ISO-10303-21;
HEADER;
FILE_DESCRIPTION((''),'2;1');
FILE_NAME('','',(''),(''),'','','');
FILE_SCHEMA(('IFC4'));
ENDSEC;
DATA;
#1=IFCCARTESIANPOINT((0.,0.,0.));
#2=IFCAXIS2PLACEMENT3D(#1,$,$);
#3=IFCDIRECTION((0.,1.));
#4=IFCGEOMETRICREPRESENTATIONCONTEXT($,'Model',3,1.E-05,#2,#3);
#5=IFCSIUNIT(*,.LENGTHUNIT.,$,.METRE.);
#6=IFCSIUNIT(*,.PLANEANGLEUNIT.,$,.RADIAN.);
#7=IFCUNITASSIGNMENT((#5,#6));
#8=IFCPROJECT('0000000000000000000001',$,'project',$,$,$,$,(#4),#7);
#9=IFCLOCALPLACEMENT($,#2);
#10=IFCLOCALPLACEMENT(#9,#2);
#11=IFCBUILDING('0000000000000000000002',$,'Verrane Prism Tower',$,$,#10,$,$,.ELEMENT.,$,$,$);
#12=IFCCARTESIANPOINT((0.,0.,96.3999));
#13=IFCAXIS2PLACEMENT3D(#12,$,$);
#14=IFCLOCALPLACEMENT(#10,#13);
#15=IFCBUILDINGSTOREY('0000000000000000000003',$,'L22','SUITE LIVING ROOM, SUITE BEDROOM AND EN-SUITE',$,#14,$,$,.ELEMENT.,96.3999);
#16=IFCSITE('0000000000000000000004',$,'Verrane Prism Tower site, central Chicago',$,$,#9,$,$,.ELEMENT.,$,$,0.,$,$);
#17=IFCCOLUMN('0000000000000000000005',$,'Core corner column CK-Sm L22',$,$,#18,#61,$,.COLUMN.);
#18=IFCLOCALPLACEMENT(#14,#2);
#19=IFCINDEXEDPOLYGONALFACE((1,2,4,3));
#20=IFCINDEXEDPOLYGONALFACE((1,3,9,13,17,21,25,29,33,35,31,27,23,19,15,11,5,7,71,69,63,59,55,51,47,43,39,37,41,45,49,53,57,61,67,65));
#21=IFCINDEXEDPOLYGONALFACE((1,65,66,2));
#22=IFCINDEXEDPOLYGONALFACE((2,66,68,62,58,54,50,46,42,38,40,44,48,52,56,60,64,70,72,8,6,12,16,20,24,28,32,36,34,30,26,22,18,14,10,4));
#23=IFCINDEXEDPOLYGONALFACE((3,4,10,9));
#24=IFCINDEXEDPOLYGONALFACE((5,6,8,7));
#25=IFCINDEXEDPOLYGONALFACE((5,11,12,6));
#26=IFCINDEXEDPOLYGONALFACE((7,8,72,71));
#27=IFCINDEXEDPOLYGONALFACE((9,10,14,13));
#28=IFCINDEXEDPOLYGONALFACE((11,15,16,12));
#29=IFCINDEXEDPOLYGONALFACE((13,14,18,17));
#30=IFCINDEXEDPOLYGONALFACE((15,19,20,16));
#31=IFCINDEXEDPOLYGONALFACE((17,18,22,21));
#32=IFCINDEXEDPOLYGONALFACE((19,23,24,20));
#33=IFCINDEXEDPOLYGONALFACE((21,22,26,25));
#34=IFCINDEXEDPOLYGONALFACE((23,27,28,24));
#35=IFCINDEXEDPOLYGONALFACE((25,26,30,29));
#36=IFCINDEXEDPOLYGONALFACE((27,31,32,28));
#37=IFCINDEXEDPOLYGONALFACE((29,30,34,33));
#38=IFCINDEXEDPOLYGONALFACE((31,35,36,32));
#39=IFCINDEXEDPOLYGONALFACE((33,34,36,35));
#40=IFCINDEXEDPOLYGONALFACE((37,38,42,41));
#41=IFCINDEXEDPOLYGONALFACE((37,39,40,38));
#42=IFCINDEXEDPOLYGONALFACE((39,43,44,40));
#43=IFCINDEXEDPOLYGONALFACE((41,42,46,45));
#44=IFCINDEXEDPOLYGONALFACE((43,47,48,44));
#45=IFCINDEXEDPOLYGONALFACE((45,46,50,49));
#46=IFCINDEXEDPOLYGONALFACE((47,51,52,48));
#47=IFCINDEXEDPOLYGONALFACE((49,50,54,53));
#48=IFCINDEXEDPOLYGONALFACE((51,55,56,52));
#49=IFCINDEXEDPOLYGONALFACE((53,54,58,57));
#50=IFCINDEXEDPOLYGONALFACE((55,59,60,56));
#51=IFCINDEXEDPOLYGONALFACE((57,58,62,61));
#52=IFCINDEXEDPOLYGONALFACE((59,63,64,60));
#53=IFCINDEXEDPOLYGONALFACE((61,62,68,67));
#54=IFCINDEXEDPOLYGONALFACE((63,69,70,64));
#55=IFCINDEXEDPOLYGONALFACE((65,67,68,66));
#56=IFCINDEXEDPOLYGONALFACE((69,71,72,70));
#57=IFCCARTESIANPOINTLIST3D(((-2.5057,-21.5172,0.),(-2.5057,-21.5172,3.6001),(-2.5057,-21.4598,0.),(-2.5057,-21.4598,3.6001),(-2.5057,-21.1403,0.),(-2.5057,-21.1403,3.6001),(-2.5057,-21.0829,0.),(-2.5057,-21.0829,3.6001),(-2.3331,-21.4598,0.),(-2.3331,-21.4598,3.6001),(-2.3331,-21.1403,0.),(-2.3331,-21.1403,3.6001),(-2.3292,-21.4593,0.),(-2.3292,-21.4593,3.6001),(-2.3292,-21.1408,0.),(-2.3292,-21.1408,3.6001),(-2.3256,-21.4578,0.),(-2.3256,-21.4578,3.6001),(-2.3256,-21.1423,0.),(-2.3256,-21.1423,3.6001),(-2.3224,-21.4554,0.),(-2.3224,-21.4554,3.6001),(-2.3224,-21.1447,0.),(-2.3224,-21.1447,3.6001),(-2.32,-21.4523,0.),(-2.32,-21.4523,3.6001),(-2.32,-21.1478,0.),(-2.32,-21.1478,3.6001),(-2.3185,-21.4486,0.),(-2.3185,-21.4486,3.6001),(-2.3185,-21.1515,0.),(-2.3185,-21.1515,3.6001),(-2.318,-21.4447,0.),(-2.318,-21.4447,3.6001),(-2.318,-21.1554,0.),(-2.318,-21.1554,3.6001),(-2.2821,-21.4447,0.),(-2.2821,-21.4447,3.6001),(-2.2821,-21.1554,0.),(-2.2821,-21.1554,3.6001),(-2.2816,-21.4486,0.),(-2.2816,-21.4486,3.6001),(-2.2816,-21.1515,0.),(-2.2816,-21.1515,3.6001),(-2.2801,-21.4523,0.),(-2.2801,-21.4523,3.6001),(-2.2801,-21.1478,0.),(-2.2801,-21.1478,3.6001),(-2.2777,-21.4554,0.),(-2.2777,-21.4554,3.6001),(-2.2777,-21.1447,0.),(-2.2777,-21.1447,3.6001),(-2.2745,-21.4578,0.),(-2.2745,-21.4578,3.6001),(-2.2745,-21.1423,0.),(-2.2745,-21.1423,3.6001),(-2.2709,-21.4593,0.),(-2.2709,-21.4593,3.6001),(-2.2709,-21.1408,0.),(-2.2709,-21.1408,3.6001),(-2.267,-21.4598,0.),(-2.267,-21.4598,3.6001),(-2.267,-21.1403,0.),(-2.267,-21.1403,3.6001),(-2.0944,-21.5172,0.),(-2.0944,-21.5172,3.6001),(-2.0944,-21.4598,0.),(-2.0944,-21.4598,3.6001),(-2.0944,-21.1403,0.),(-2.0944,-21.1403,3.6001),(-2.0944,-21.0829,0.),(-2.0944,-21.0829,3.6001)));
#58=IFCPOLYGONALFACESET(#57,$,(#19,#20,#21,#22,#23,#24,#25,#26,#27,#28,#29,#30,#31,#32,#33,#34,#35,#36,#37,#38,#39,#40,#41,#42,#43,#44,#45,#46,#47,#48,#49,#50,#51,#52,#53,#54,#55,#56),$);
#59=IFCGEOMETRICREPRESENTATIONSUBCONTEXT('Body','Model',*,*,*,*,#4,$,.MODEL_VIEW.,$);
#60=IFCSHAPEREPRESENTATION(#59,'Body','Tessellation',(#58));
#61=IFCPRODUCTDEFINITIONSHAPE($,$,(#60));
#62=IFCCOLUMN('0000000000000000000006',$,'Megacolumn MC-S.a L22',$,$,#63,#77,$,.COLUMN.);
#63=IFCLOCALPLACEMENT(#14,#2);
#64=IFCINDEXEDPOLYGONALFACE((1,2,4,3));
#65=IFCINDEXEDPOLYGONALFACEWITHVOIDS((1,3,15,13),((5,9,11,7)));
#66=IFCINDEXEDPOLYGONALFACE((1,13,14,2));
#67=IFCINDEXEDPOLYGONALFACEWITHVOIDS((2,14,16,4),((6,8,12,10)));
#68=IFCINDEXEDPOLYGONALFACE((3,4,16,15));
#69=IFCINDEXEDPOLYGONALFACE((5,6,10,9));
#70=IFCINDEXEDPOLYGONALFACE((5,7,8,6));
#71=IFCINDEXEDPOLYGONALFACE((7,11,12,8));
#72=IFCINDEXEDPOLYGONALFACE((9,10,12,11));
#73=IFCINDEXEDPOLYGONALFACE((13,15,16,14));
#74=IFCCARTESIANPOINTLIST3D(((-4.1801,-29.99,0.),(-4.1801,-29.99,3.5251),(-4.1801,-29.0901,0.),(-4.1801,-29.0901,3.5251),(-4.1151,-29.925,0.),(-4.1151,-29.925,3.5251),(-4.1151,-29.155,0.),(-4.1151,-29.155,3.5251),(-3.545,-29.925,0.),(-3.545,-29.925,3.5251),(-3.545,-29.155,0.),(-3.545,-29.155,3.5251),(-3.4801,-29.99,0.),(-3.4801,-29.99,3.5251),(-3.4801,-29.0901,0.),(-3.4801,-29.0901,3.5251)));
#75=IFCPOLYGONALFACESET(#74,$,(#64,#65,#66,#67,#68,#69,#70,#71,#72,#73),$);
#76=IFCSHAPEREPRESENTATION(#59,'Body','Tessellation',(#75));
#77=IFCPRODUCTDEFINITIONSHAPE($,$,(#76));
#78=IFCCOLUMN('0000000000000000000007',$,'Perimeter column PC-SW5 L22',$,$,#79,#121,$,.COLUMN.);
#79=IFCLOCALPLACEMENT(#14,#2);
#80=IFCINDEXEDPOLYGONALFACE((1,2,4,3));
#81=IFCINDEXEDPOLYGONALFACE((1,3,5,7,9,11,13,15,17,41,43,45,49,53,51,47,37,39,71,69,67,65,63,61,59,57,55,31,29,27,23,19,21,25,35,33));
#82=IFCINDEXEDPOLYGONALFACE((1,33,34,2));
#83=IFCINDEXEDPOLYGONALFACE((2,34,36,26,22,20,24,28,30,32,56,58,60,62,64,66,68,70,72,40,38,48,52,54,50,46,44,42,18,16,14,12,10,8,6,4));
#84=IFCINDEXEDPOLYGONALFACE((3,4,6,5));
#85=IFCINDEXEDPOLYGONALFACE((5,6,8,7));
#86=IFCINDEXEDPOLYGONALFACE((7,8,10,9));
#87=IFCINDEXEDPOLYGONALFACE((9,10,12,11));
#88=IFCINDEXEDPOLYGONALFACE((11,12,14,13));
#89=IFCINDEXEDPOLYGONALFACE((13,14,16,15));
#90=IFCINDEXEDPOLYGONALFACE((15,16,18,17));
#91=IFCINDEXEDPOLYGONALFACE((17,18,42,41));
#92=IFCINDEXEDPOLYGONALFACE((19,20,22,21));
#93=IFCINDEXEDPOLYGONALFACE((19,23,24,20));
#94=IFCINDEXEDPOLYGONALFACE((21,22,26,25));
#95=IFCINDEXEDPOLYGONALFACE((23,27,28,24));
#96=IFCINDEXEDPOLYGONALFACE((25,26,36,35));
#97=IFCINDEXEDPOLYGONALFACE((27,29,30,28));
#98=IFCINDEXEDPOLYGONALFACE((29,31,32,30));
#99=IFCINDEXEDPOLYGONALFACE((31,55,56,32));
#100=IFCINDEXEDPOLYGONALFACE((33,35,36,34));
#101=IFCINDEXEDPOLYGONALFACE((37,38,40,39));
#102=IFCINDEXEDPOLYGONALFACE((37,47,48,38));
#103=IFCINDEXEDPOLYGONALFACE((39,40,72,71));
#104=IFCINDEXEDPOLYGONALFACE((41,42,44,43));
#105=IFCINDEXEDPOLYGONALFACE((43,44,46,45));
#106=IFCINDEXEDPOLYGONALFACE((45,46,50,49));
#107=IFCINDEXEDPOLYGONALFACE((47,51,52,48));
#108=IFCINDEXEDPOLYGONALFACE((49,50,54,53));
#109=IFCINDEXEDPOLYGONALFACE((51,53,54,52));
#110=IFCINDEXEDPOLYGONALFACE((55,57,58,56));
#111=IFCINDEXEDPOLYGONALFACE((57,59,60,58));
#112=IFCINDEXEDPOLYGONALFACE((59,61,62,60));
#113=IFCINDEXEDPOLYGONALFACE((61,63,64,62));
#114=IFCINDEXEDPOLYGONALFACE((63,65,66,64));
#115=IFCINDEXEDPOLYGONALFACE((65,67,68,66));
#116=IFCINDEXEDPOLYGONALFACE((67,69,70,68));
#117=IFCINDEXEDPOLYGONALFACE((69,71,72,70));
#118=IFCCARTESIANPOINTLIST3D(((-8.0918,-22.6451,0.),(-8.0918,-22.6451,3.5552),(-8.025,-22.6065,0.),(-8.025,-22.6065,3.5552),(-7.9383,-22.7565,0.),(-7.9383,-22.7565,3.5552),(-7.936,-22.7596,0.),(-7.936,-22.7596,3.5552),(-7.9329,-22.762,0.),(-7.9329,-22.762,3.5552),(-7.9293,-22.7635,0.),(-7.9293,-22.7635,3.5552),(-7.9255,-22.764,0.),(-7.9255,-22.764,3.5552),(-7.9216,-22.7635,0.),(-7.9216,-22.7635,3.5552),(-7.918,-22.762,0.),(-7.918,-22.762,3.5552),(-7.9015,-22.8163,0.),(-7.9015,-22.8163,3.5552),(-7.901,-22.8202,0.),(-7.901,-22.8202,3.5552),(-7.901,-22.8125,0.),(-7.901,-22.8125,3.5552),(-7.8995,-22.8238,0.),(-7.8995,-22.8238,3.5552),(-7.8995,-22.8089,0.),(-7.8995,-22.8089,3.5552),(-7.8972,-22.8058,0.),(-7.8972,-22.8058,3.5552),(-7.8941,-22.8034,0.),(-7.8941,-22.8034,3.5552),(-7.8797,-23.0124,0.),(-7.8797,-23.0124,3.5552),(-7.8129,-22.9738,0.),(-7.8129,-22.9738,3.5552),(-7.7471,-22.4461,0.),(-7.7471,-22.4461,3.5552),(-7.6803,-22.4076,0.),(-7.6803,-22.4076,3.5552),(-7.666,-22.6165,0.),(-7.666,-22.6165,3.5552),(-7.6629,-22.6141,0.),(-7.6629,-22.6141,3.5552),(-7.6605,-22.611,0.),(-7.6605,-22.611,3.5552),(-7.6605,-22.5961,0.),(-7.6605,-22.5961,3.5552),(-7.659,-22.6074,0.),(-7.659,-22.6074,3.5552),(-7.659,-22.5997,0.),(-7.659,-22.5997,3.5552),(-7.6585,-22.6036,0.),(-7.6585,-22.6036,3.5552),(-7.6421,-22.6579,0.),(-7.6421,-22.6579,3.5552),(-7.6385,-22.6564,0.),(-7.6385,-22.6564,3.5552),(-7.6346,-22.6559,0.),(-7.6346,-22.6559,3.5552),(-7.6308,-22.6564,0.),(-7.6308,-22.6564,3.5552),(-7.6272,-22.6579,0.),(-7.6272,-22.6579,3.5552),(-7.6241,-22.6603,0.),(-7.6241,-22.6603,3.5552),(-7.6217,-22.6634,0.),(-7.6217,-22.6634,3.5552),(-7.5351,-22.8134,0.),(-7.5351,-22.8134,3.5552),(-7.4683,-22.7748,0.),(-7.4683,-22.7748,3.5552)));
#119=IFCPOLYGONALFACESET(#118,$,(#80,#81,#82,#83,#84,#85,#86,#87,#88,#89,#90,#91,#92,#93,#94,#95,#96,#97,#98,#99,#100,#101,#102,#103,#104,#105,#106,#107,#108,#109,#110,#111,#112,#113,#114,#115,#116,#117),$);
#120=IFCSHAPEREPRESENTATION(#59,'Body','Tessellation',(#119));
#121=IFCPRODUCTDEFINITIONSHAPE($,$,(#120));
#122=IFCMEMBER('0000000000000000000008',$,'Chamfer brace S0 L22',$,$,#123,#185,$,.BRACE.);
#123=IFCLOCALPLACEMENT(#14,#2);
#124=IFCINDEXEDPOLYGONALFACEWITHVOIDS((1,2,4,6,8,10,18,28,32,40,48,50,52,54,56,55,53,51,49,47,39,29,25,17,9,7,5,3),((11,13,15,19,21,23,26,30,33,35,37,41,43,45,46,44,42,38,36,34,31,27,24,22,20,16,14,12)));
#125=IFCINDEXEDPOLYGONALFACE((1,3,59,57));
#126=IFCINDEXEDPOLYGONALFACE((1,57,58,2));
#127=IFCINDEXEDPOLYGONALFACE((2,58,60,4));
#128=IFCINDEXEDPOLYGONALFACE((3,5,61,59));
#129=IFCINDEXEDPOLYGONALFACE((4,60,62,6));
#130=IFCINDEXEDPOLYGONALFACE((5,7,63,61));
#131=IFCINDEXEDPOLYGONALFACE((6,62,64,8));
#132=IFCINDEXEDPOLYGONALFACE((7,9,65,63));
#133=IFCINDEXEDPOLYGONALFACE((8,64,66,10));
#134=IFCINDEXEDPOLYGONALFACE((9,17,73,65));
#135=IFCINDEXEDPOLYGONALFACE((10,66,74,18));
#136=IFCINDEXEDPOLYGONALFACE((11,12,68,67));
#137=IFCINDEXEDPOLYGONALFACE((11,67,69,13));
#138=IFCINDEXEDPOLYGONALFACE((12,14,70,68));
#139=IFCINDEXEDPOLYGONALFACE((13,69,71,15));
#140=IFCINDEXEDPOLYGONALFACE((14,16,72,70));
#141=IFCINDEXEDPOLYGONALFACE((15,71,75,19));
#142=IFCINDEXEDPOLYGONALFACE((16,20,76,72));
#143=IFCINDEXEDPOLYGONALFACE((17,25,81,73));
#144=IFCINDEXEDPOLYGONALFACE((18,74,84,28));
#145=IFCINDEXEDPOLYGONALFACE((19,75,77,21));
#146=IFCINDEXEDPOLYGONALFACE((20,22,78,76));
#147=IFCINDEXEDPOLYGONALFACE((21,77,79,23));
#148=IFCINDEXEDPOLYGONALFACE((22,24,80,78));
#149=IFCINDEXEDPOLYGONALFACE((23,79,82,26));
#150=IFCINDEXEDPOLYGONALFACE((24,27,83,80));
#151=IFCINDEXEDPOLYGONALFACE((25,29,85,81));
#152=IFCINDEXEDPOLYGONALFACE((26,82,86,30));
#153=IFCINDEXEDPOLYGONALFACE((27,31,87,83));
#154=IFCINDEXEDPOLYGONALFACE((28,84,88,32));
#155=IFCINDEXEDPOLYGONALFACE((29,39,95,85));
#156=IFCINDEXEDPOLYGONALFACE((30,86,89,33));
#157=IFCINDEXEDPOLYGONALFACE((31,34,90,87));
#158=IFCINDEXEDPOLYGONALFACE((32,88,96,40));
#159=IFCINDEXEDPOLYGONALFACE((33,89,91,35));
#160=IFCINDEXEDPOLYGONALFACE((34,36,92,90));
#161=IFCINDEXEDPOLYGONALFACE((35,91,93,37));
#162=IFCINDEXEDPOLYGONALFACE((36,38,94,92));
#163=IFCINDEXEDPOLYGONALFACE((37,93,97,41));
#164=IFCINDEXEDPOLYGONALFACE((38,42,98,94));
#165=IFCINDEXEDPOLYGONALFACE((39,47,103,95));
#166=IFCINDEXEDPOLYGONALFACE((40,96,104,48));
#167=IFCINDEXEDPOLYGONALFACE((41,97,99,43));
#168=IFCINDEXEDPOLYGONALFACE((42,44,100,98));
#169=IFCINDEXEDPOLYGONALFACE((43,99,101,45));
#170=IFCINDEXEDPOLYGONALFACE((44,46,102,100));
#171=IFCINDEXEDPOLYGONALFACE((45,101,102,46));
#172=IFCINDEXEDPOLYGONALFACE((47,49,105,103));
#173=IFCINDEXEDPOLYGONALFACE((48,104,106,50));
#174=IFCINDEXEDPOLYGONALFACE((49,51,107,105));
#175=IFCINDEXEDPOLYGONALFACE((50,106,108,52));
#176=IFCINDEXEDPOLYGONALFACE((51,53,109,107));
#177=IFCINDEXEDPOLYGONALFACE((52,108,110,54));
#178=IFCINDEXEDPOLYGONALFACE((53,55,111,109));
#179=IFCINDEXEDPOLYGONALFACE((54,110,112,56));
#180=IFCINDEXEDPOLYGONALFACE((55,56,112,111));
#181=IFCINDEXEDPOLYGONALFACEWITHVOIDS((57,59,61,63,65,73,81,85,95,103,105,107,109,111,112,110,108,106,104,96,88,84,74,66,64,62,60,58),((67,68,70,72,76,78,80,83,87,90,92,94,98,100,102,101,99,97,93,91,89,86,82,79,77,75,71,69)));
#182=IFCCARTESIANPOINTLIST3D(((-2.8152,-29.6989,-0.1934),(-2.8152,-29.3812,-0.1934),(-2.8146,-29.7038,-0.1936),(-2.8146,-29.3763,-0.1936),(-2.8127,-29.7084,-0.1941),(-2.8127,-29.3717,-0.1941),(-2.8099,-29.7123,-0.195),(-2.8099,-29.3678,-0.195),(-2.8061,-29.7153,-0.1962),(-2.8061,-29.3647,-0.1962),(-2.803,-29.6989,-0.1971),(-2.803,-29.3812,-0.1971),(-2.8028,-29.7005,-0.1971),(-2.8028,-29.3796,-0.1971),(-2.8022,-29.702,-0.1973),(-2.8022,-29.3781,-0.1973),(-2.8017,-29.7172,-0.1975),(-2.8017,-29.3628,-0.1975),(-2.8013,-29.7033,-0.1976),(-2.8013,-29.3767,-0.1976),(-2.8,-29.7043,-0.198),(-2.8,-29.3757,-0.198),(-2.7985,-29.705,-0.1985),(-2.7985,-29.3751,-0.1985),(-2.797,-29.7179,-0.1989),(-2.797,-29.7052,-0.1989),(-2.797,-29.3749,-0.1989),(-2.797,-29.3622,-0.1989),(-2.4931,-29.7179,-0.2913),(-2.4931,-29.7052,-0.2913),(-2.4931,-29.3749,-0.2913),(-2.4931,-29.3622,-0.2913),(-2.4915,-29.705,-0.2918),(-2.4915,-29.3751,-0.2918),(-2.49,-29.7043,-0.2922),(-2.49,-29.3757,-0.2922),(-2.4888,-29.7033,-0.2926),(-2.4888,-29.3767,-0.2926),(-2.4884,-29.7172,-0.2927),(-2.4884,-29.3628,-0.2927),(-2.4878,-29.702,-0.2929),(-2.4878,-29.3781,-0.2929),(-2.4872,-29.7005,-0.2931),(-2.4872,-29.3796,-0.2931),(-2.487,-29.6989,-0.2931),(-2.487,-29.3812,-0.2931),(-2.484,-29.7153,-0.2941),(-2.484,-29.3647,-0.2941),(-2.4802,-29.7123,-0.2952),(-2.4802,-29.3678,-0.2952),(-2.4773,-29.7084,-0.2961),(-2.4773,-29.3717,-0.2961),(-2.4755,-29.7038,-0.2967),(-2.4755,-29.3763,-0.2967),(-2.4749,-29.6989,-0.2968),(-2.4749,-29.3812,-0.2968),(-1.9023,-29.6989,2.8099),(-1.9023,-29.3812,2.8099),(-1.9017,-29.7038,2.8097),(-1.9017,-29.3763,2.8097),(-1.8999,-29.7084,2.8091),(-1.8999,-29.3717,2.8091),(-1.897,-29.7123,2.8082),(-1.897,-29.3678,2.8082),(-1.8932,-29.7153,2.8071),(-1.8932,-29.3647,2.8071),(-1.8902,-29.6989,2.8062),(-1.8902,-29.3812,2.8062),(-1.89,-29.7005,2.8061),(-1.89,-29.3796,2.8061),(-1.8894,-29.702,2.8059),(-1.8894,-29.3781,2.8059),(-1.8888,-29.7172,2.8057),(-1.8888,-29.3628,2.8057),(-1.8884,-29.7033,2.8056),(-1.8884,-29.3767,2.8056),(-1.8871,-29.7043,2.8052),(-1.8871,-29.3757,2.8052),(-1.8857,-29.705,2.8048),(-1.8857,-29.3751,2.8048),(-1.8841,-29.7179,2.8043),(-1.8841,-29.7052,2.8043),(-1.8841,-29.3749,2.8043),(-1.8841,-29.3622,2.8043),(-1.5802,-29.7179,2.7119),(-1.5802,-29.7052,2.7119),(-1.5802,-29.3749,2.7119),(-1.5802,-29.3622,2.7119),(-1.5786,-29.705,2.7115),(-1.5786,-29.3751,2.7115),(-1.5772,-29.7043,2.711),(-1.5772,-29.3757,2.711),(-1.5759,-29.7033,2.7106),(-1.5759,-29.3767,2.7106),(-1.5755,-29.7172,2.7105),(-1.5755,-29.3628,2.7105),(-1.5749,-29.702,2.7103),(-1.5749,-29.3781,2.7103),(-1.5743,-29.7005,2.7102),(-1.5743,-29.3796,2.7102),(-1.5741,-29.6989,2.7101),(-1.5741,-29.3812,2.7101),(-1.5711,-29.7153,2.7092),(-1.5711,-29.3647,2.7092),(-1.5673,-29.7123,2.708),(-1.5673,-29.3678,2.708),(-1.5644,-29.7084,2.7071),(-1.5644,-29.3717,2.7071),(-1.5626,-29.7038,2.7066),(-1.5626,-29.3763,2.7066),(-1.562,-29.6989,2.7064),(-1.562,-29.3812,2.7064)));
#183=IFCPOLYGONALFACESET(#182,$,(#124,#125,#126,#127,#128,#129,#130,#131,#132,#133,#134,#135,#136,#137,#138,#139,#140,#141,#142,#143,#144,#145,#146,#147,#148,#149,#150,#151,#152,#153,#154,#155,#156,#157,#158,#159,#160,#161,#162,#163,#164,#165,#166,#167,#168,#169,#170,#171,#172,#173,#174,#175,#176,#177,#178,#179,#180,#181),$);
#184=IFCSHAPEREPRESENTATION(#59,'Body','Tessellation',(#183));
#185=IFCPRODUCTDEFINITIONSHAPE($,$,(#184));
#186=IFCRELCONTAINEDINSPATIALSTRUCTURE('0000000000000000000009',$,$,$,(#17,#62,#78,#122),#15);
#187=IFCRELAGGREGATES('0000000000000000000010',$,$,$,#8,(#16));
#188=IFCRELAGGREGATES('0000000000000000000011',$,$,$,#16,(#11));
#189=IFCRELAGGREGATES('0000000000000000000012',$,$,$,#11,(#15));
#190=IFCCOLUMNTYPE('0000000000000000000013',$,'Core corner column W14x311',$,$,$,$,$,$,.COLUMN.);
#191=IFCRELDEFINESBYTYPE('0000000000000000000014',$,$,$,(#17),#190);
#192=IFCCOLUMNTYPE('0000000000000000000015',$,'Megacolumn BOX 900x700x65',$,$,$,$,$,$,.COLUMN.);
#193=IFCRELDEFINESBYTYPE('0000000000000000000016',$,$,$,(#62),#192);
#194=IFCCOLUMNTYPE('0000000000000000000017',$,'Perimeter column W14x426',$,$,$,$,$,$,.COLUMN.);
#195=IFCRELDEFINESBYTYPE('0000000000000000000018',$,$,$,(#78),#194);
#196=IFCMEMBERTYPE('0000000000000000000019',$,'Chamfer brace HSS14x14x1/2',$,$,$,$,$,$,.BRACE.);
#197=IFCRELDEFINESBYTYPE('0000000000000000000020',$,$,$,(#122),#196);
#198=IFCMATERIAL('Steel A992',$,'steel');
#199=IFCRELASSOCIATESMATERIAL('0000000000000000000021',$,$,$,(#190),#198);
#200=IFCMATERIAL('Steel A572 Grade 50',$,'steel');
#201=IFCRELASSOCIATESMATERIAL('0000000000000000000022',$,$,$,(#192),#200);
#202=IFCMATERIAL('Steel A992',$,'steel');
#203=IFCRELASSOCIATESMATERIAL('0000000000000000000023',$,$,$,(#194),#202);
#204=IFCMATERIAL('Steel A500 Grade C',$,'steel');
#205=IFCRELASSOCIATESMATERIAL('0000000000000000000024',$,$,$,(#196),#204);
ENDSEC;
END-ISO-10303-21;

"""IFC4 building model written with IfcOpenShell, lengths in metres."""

from ifc_helpers import new_model, si_unit, direction, frame, origin, origin_2d, place, context, subcontext, project, spatial, hollow_rectangle, i_section, extrude, material, material_profile, profile_set, type_object, element, save


model = new_model("IFC4")

# Units and contexts
model_context = context("Model", 3, precision=1e-05, world=origin(), true_north=direction((0.0, 1.0)))
body_context = subcontext(model_context, "Body", "Model", "MODEL_VIEW")
ifc_project = project(units=[si_unit("LENGTHUNIT", "METRE"), si_unit("PLANEANGLEUNIT", "RADIAN")], contexts=[model_context])

# Site, building, storey
site_placement = place(None, origin())
site = spatial("IfcSite", under=ifc_project, at=site_placement, Name="Verrane Prism Tower site, central Chicago", CompositionType="ELEMENT", RefElevation=0.0)
building_placement = place(site_placement, origin())
building = spatial("IfcBuilding", under=site, at=building_placement, Name="Verrane Prism Tower", CompositionType="ELEMENT")
storey_placement = place(building_placement, frame((0.0, 0.0, 96.3999)))
storey = spatial("IfcBuildingStorey", under=building, at=storey_placement, Name="L22", Description="SUITE LIVING ROOM, SUITE BEDROOM AND EN-SUITE", CompositionType="ELEMENT", Elevation=96.3999)

# Columns
ifc_material_1 = material(Name="Steel A992", Category="steel")
ifc_material_profile_1 = material_profile(ifc_material_1, i_section(OverallWidth=0.4114, OverallDepth=0.4343, WebThickness=0.0359, FlangeThickness=0.0574, FilletRadius=0.0151, at=origin_2d()), Name="W14x311")
ifc_profile_set_1 = profile_set([ifc_material_profile_1], Name="Steel A992")
column_type_1 = type_object("IfcColumnType", Name="Core corner column W14x311", PredefinedType="COLUMN", material=ifc_profile_set_1)
column_1_placement = place(storey_placement, frame((-2.3, -21.3, 0.0), z_axis=(0.0, 0.0, 1.0), x_axis=(-1.0, 0.0, 0.0)))
element("IfcColumn", 1, at=column_1_placement, inside=storey, type_object=column_type_1, Name="Core corner column CK-Sm L22", PredefinedType="COLUMN", context=body_context, shape_type="SweptSolid", body=[
    extrude(i_section(OverallWidth=0.4114, OverallDepth=0.4343, WebThickness=0.0359, FlangeThickness=0.0574, FilletRadius=0.0151, at=origin_2d()), origin(), (0.0, 0.0, 1.0), 3.6001),
])
ifc_material_2 = material(Name="Steel A572 Grade 50", Category="steel")
ifc_material_profile_2 = material_profile(ifc_material_2, hollow_rectangle(XDim=0.7, YDim=0.8999, WallThickness=0.0649, at=origin_2d()), Name="BOX 900x700x65")
ifc_profile_set_2 = profile_set([ifc_material_profile_2], Name="Steel A572 Grade 50")
column_type_2 = type_object("IfcColumnType", Name="Megacolumn BOX 900x700x65", PredefinedType="COLUMN", material=ifc_profile_set_2)
column_2_placement = place(storey_placement, frame((-3.8301, -29.54, 0.0), z_axis=(0.0, 0.0, 1.0), x_axis=(-1.0, 0.0, 0.0)))
element("IfcColumn", 2, at=column_2_placement, inside=storey, type_object=column_type_2, Name="Megacolumn MC-S.a L22", PredefinedType="COLUMN", context=body_context, shape_type="SweptSolid", body=[
    extrude(hollow_rectangle(XDim=0.7, YDim=0.8999, WallThickness=0.0649, at=origin_2d()), origin(), (0.0, 0.0, 1.0), 3.5251),
])
ifc_material_3 = material(Name="Steel A992", Category="steel")
ifc_material_profile_3 = material_profile(ifc_material_3, i_section(OverallWidth=0.4241, OverallDepth=0.4751, WebThickness=0.0479, FlangeThickness=0.0771, FilletRadius=0.0149, at=origin_2d()), Name="W14x426")
ifc_profile_set_3 = profile_set([ifc_material_profile_3], Name="Steel A992")
column_type_3 = type_object("IfcColumnType", Name="Perimeter column W14x426", PredefinedType="COLUMN", material=ifc_profile_set_3)
column_3_placement = place(storey_placement, frame((-7.78, -22.71, 0.0), z_axis=(0.0, 0.0, 1.0), x_axis=(-0.5, 0.866025, 0.0)))
element("IfcColumn", 3, at=column_3_placement, inside=storey, type_object=column_type_3, Name="Perimeter column PC-SW5 L22", PredefinedType="COLUMN", context=body_context, shape_type="SweptSolid", body=[
    extrude(i_section(OverallWidth=0.4241, OverallDepth=0.4751, WebThickness=0.0479, FlangeThickness=0.0771, FilletRadius=0.0149, at=origin_2d()), origin(), (0.0, 0.0, 1.0), 3.5552),
])

# Member
ifc_material_4 = material(Name="Steel A500 Grade C", Category="steel")
ifc_material_profile_4 = material_profile(ifc_material_4, hollow_rectangle(XDim=0.3557, YDim=0.3557, WallThickness=0.0127, InnerFilletRadius=0.0063, OuterFilletRadius=0.019, at=origin_2d()), Name="HSS14x14x1/2")
ifc_profile_set_4 = profile_set([ifc_material_profile_4], Name="Steel A500 Grade C")
member_type_1 = type_object("IfcMemberType", Name="Chamfer brace HSS14x14x1/2", PredefinedType="BRACE", material=ifc_profile_set_4)
member_1_placement = place(storey_placement, frame((-2.645, -29.54, -0.2451), z_axis=(0.290821, 0.0, 0.956777), x_axis=(0.0, 1.0, 0.0)))
element("IfcMember", 4, at=member_1_placement, inside=storey, type_object=member_type_1, Name="Chamfer brace S0 L22", PredefinedType="BRACE", context=body_context, shape_type="SweptSolid", body=[
    extrude(hollow_rectangle(XDim=0.3557, YDim=0.3557, WallThickness=0.0127, InnerFilletRadius=0.0063, OuterFilletRadius=0.019, at=origin_2d()), origin(), (0.0, 0.0, 1.0), 3.1389),
])

save(model, "model.ifc")
